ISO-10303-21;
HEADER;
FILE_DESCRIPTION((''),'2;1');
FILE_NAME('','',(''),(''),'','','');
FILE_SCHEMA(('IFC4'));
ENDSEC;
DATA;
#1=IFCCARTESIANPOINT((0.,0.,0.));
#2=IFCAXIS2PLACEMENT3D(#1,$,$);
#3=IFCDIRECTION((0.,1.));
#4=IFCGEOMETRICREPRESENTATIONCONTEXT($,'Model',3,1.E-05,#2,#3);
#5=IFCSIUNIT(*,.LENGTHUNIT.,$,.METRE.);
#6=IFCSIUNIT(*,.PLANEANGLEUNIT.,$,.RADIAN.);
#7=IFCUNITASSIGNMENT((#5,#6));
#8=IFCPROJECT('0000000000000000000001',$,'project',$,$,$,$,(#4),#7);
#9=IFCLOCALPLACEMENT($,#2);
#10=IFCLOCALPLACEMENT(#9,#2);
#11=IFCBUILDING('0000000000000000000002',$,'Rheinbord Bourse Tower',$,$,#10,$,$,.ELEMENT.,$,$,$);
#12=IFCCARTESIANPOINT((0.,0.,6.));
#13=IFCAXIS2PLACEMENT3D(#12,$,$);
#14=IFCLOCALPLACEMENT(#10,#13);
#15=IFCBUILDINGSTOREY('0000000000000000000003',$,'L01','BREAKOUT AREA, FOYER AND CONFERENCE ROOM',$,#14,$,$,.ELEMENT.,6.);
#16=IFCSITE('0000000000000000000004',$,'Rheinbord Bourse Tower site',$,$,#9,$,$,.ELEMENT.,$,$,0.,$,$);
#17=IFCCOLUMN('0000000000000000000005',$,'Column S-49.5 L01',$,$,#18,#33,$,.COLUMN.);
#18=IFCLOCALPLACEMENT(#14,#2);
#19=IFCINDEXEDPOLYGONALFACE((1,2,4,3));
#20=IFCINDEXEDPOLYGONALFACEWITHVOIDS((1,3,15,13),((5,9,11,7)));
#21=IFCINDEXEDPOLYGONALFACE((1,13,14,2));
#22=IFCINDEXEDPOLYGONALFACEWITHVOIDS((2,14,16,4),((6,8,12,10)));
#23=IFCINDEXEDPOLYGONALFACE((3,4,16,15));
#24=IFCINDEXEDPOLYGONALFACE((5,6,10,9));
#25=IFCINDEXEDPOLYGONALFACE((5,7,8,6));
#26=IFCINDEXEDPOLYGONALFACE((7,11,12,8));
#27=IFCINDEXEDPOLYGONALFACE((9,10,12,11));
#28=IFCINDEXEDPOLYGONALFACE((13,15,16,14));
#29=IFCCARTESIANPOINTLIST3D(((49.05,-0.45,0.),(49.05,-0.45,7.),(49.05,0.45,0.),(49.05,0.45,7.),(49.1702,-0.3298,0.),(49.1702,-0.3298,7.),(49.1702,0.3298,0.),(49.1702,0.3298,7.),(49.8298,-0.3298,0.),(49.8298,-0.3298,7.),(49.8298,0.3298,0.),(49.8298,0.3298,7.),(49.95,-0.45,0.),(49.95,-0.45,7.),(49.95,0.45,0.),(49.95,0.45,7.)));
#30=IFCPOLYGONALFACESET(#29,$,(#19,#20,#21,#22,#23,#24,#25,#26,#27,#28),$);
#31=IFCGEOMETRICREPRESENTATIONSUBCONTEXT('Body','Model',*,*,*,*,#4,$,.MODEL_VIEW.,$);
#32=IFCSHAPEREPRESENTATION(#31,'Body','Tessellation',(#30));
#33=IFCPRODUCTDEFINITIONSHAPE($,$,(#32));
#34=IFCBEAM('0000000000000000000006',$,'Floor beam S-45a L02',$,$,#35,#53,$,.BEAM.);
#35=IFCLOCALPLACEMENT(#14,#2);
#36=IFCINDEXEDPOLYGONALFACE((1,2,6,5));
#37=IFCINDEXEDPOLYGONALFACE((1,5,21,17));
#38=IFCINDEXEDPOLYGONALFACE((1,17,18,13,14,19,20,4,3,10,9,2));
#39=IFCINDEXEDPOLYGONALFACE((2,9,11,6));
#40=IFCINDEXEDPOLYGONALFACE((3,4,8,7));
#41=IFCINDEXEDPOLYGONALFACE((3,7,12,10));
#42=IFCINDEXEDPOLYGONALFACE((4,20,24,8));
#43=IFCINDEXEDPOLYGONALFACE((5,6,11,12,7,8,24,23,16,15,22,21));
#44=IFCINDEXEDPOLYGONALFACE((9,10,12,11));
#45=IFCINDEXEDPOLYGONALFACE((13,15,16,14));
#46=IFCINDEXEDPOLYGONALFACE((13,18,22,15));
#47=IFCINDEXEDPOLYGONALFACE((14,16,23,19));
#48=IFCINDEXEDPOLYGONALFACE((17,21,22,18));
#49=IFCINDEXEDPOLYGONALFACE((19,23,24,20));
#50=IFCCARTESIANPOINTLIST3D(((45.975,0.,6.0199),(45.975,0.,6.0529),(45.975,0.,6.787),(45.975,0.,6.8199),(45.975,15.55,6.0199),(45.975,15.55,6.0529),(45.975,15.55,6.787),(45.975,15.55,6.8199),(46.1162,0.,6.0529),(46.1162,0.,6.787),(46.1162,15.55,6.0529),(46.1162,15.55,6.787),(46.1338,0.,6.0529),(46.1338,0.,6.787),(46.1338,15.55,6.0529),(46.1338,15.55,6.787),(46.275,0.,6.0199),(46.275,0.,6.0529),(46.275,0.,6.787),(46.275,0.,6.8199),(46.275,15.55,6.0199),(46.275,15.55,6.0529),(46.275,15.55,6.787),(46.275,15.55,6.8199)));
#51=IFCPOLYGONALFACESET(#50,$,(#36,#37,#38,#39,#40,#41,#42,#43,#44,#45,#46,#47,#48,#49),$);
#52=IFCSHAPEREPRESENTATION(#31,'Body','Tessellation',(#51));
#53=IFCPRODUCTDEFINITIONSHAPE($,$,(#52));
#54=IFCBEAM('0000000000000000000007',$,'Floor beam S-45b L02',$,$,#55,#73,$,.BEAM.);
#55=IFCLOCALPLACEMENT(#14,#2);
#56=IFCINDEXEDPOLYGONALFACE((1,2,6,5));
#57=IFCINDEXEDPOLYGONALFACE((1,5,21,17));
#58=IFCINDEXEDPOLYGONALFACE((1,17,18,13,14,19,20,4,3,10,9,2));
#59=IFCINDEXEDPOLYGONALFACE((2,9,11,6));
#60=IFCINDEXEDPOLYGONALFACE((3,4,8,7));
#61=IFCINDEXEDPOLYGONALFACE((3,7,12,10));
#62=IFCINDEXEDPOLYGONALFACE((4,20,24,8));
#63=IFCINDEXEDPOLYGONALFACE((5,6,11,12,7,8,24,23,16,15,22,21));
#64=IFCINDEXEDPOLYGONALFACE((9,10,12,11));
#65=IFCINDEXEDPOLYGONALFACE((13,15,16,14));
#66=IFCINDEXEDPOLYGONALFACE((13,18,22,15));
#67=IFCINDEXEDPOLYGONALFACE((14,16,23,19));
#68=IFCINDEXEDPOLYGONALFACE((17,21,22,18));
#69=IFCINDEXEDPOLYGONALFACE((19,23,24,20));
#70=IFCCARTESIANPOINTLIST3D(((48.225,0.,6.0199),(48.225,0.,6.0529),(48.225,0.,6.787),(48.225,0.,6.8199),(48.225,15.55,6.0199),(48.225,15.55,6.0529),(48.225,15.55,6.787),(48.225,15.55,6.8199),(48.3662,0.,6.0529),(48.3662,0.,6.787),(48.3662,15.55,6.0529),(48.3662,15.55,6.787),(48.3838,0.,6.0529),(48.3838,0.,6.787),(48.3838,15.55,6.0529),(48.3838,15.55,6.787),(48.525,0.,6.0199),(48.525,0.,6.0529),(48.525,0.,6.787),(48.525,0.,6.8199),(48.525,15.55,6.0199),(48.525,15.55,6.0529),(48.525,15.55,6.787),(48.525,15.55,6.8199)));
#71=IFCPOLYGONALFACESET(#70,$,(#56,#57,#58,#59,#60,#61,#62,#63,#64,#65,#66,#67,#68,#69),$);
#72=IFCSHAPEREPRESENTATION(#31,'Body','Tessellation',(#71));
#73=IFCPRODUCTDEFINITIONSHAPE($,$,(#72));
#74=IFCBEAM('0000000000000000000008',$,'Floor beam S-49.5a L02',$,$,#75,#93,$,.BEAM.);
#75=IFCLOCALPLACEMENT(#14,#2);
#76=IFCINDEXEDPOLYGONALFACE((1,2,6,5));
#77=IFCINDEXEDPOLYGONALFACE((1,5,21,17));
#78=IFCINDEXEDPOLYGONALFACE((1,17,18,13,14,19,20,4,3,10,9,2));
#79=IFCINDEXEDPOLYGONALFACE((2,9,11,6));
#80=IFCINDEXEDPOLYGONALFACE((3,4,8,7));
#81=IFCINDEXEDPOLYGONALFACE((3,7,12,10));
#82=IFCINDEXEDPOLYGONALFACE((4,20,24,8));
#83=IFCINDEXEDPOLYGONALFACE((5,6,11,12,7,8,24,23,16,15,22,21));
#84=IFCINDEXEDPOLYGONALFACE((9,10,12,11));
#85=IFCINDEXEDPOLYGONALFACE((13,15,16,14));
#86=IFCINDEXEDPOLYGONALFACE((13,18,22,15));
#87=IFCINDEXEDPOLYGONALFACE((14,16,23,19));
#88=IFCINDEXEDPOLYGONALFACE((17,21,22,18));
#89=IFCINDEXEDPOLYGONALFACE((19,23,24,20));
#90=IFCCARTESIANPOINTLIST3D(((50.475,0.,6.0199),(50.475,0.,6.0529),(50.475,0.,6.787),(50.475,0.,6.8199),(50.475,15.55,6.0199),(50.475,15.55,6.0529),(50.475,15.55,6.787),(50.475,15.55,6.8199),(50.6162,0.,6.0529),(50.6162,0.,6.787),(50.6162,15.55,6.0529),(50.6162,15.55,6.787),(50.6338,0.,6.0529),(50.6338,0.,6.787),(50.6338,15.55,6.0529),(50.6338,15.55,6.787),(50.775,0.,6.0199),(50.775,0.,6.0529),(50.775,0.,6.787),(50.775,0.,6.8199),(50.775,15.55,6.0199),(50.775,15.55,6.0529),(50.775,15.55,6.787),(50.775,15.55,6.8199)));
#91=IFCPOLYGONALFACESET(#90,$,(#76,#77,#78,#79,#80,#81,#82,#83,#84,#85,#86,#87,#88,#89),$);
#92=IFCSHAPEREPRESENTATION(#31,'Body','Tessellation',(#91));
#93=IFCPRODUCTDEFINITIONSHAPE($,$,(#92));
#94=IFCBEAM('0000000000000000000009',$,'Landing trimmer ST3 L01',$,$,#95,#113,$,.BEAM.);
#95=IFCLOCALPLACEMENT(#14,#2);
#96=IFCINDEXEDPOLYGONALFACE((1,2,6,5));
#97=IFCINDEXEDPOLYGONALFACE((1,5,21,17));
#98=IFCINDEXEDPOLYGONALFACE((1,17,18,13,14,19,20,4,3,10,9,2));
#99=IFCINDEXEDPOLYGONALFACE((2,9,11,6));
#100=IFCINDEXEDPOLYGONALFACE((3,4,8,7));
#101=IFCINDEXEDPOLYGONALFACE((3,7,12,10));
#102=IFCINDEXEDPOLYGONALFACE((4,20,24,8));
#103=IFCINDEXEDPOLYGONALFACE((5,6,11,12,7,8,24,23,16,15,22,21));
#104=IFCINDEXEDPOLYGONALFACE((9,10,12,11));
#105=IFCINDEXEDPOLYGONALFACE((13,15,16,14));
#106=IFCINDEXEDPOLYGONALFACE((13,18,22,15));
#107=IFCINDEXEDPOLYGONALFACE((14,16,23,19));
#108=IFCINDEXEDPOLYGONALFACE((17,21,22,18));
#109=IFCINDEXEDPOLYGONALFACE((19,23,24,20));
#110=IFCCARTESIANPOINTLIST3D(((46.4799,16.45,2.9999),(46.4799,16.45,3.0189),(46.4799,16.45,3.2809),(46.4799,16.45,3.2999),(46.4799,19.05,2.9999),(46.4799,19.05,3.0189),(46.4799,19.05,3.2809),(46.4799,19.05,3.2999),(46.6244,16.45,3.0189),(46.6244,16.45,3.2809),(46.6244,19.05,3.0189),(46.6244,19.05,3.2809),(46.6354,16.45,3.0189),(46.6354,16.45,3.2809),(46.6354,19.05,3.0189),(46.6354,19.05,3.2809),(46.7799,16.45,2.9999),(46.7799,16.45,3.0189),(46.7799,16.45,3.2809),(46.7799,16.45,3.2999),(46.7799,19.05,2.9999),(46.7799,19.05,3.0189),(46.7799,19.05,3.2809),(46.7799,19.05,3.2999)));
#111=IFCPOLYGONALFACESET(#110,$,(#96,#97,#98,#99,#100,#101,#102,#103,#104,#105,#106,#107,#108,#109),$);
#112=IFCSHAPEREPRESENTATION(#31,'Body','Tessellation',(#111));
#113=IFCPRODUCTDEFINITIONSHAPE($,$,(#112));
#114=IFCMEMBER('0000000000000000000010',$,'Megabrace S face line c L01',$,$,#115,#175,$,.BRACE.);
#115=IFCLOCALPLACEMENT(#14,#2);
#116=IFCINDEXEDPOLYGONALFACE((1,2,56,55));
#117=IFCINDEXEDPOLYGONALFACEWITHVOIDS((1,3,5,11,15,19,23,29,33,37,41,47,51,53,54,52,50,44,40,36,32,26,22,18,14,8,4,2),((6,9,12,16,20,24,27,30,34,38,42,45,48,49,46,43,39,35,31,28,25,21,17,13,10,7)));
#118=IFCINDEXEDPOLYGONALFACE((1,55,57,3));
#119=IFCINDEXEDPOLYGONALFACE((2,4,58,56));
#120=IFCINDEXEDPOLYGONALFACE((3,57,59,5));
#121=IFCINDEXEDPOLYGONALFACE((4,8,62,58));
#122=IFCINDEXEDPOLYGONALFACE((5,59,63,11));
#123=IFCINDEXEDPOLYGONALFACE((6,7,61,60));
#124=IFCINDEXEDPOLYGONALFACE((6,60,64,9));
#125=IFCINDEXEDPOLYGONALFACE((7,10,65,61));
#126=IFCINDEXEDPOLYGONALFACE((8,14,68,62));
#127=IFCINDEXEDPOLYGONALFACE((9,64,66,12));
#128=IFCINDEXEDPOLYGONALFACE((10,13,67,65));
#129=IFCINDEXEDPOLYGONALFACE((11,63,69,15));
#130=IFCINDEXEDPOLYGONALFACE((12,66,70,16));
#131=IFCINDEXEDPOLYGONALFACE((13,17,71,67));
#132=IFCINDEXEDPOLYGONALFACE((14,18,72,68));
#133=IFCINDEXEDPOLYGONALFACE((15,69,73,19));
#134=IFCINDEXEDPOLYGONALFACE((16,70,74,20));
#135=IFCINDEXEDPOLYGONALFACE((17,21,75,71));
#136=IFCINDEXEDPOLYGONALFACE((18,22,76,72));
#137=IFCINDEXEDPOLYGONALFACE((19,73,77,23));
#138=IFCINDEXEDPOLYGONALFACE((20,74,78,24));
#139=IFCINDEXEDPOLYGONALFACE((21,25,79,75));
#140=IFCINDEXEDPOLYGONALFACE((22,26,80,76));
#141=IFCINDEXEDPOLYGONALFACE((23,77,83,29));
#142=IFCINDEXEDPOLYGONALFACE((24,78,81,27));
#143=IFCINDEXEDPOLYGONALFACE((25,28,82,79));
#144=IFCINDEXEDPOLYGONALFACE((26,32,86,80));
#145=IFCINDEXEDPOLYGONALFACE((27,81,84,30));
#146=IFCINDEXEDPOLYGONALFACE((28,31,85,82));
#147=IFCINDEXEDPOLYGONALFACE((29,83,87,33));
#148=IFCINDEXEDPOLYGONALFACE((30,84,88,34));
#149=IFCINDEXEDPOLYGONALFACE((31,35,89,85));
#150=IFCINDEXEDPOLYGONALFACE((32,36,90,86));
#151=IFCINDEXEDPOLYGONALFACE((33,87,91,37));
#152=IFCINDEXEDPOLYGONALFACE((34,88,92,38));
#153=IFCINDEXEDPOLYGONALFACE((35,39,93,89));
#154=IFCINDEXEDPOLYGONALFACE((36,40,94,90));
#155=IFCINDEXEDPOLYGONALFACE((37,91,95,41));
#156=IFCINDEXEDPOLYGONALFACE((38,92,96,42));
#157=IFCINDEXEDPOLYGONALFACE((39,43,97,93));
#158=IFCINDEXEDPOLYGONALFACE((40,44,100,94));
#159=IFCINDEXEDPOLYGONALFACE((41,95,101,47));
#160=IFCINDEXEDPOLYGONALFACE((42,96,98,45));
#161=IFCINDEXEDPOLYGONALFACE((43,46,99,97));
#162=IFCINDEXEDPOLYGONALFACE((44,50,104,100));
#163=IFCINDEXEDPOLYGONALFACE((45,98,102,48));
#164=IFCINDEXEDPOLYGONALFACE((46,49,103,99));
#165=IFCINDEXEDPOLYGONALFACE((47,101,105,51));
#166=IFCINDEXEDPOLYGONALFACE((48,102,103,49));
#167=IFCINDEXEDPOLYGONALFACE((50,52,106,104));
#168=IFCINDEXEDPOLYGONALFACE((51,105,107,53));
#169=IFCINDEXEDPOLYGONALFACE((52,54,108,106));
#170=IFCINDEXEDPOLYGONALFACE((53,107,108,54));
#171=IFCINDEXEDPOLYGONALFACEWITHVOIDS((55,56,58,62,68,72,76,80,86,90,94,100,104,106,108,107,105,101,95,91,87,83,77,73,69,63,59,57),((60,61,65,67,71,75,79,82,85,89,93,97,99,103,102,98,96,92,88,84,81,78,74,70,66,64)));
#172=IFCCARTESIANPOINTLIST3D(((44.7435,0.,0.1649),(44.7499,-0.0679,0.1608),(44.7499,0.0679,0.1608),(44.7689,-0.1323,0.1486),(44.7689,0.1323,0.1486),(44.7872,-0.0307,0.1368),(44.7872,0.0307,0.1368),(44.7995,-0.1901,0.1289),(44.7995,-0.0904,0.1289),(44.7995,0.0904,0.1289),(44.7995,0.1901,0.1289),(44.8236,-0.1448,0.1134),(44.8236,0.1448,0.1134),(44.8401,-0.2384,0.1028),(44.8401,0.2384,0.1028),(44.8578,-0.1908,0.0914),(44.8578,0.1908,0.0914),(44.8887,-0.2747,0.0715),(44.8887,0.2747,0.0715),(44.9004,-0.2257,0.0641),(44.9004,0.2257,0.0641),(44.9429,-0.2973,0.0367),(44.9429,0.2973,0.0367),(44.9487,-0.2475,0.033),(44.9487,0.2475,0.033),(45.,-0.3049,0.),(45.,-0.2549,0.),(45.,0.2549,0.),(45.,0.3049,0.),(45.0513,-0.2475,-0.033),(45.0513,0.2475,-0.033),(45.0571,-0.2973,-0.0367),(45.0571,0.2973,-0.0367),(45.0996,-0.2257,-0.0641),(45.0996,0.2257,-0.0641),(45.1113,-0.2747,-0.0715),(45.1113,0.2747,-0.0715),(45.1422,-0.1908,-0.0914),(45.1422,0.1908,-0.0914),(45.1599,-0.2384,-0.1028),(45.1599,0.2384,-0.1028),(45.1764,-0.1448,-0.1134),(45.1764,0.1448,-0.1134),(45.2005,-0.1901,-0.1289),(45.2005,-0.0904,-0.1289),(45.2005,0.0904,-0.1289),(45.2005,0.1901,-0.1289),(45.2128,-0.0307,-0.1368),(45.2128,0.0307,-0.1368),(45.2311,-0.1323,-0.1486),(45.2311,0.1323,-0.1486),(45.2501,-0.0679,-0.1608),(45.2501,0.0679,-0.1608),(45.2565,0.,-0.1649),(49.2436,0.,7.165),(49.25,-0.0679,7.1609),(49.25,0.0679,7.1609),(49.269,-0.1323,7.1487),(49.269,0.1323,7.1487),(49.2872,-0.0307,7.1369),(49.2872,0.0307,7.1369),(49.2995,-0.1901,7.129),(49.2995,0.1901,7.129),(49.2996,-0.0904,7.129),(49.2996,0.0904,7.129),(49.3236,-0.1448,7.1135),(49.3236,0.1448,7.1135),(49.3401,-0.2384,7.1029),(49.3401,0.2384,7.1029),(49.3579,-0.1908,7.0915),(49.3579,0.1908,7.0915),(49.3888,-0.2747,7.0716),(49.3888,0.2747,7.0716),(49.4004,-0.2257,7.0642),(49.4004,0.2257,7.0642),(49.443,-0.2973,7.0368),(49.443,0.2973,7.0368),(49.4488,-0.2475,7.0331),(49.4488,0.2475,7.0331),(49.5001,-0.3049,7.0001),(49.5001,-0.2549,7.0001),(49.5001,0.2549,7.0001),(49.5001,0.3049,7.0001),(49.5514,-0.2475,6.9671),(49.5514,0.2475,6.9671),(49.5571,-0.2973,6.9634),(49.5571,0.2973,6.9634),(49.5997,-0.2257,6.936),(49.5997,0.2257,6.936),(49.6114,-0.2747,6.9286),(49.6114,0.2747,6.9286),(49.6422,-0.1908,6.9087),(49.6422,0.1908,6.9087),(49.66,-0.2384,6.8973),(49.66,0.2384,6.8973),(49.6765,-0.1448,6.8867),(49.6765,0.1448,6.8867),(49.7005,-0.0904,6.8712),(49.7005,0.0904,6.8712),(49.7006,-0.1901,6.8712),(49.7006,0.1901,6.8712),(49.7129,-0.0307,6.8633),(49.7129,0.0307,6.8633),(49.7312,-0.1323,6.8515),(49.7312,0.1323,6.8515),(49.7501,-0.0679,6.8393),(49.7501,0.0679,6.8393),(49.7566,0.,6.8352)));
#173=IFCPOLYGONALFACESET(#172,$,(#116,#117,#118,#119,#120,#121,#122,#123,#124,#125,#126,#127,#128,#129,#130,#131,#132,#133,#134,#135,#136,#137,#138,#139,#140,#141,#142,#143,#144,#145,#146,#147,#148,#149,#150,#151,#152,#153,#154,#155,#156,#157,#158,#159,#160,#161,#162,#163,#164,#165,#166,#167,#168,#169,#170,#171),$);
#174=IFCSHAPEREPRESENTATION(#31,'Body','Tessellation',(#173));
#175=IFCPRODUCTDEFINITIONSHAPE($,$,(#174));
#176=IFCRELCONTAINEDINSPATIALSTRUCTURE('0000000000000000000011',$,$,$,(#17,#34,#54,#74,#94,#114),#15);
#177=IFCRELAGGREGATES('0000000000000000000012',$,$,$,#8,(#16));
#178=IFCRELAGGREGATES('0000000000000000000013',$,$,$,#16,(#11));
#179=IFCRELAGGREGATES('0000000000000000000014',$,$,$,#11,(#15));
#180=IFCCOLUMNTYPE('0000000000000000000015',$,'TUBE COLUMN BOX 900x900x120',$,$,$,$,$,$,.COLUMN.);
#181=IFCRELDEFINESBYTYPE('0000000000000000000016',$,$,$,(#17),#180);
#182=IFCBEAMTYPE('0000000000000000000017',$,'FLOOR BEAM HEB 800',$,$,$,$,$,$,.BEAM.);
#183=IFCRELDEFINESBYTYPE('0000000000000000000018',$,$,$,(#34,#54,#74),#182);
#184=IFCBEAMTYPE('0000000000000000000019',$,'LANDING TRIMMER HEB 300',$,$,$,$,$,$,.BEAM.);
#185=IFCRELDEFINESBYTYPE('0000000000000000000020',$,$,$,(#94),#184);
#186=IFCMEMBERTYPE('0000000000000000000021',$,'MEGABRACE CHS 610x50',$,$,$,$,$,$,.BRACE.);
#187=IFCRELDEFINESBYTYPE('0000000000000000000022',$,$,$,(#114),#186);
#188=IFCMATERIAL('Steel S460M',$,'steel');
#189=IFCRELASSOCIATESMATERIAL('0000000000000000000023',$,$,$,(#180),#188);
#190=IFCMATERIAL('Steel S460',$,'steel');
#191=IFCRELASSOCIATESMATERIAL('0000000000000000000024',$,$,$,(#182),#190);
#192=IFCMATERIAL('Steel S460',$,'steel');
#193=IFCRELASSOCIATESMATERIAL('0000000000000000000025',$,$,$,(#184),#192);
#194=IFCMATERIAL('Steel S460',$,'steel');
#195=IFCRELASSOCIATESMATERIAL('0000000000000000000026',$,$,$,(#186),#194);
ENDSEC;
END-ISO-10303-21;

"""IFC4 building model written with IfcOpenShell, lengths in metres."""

from ifc_helpers import new_model, si_unit, direction, frame, origin, origin_2d, place, context, subcontext, project, spatial, hollow_rectangle, hollow_circle, i_section, extrude, material, material_profile, profile_set, type_object, element, save


model = new_model("IFC4")

# Units and contexts
model_context = context("Model", 3, precision=1e-05, world=origin(), true_north=direction((0.0, 1.0)))
body_context = subcontext(model_context, "Body", "Model", "MODEL_VIEW")
ifc_project = project(units=[si_unit("LENGTHUNIT", "METRE"), si_unit("PLANEANGLEUNIT", "RADIAN")], contexts=[model_context])

# Site, building, storey
site_placement = place(None, origin())
site = spatial("IfcSite", under=ifc_project, at=site_placement, Name="Rheinbord Bourse Tower site", CompositionType="ELEMENT", RefElevation=0.0)
building_placement = place(site_placement, origin())
building = spatial("IfcBuilding", under=site, at=building_placement, Name="Rheinbord Bourse Tower", CompositionType="ELEMENT")
storey_placement = place(building_placement, frame((0.0, 0.0, 6.0)))
storey = spatial("IfcBuildingStorey", under=building, at=storey_placement, Name="L01", Description="BREAKOUT AREA, FOYER AND CONFERENCE ROOM", CompositionType="ELEMENT", Elevation=6.0)

# Column
ifc_material_1 = material(Name="Steel S460M", Category="steel")
ifc_material_profile_1 = material_profile(ifc_material_1, hollow_rectangle(XDim=0.8999, YDim=0.8999, WallThickness=0.1201, at=origin_2d()), Name="BOX 900x900x120")
ifc_profile_set_1 = profile_set([ifc_material_profile_1], Name="Steel S460M")
column_type = type_object("IfcColumnType", Name="TUBE COLUMN BOX 900x900x120", PredefinedType="COLUMN", material=ifc_profile_set_1)
column_placement = place(storey_placement, frame((49.5, 0.0, 0.0), z_axis=(0.0, 0.0, 1.0), x_axis=(0.0, 1.0, 0.0)))
element("IfcColumn", 1, at=column_placement, inside=storey, type_object=column_type, Name="Column S-49.5 L01", PredefinedType="COLUMN", context=body_context, shape_type="SweptSolid", body=[
    extrude(hollow_rectangle(XDim=0.8999, YDim=0.8999, WallThickness=0.1201, at=origin_2d()), origin(), (0.0, 0.0, 1.0), 7.0),
])

# Beams
ifc_material_2 = material(Name="Steel S460", Category="steel")
ifc_material_profile_2 = material_profile(ifc_material_2, i_section(OverallWidth=0.3, OverallDepth=0.8, WebThickness=0.0176, FlangeThickness=0.033, at=origin_2d()), Name="HEB 800")
ifc_profile_set_2 = profile_set([ifc_material_profile_2], Name="Steel S460")
beam_type_1 = type_object("IfcBeamType", Name="FLOOR BEAM HEB 800", PredefinedType="BEAM", material=ifc_profile_set_2)
for number, where, z_axis, x_axis, name in (
    (2, (46.125, 0.0, 6.4199), (0.0, 1.0, 0.0), (-1.0, 0.0, 0.0), "Floor beam S-45a L02"),
    (3, (48.375, 0.0, 6.4199), (0.0, 1.0, 0.0), (-1.0, 0.0, 0.0), "Floor beam S-45b L02"),
    (4, (50.625, 0.0, 6.4199), (0.0, 1.0, 0.0), (-1.0, 0.0, 0.0), "Floor beam S-49.5a L02"),
):
    element("IfcBeam", number, at=place(storey_placement, frame(where, z_axis=z_axis, x_axis=x_axis)), inside=storey, type_object=beam_type_1, Name=name, PredefinedType="BEAM", context=body_context, shape_type="SweptSolid", body=[
        extrude(i_section(OverallWidth=0.3, OverallDepth=0.8, WebThickness=0.0176, FlangeThickness=0.033, at=origin_2d()), origin(), (0.0, 0.0, 1.0), 15.55),
    ])
ifc_material_3 = material(Name="Steel S460", Category="steel")
ifc_material_profile_3 = material_profile(ifc_material_3, i_section(OverallWidth=0.3, OverallDepth=0.3, WebThickness=0.011, FlangeThickness=0.019, at=origin_2d()), Name="HEB 300")
ifc_profile_set_3 = profile_set([ifc_material_profile_3], Name="Steel S460")
beam_type_2 = type_object("IfcBeamType", Name="LANDING TRIMMER HEB 300", PredefinedType="BEAM", material=ifc_profile_set_3)
beam_1_placement = place(storey_placement, frame((46.6299, 16.45, 3.1499), z_axis=(0.0, 1.0, 0.0), x_axis=(-1.0, 0.0, 0.0)))
element("IfcBeam", 5, at=beam_1_placement, inside=storey, type_object=beam_type_2, Name="Landing trimmer ST3 L01", PredefinedType="BEAM", context=body_context, shape_type="SweptSolid", body=[
    extrude(i_section(OverallWidth=0.3, OverallDepth=0.3, WebThickness=0.011, FlangeThickness=0.019, at=origin_2d()), origin(), (0.0, 0.0, 1.0), 2.6001),
])

# Member
ifc_material_4 = material(Name="Steel S460", Category="steel")
ifc_material_profile_4 = material_profile(ifc_material_4, hollow_circle(Radius=0.3049, WallThickness=0.05, at=origin_2d()), Name="CHS 610x50")
ifc_profile_set_4 = profile_set([ifc_material_profile_4], Name="Steel S460")
member_type = type_object("IfcMemberType", Name="MEGABRACE CHS 610x50", PredefinedType="BRACE", material=ifc_profile_set_4)
member_placement = place(storey_placement, frame((45.0, 0.0, 0.0), z_axis=(0.540758, 0.0, 0.841178), x_axis=(0.0, 1.0, 0.0)))
element("IfcMember", 6, at=member_placement, inside=storey, type_object=member_type, Name="Megabrace S face line c L01", PredefinedType="BRACE", context=body_context, shape_type="SweptSolid", body=[
    extrude(hollow_circle(Radius=0.3049, WallThickness=0.05, at=origin_2d()), origin(), (0.0, 0.0, 1.0), 8.3218),
])

save(model, "model.ifc")
